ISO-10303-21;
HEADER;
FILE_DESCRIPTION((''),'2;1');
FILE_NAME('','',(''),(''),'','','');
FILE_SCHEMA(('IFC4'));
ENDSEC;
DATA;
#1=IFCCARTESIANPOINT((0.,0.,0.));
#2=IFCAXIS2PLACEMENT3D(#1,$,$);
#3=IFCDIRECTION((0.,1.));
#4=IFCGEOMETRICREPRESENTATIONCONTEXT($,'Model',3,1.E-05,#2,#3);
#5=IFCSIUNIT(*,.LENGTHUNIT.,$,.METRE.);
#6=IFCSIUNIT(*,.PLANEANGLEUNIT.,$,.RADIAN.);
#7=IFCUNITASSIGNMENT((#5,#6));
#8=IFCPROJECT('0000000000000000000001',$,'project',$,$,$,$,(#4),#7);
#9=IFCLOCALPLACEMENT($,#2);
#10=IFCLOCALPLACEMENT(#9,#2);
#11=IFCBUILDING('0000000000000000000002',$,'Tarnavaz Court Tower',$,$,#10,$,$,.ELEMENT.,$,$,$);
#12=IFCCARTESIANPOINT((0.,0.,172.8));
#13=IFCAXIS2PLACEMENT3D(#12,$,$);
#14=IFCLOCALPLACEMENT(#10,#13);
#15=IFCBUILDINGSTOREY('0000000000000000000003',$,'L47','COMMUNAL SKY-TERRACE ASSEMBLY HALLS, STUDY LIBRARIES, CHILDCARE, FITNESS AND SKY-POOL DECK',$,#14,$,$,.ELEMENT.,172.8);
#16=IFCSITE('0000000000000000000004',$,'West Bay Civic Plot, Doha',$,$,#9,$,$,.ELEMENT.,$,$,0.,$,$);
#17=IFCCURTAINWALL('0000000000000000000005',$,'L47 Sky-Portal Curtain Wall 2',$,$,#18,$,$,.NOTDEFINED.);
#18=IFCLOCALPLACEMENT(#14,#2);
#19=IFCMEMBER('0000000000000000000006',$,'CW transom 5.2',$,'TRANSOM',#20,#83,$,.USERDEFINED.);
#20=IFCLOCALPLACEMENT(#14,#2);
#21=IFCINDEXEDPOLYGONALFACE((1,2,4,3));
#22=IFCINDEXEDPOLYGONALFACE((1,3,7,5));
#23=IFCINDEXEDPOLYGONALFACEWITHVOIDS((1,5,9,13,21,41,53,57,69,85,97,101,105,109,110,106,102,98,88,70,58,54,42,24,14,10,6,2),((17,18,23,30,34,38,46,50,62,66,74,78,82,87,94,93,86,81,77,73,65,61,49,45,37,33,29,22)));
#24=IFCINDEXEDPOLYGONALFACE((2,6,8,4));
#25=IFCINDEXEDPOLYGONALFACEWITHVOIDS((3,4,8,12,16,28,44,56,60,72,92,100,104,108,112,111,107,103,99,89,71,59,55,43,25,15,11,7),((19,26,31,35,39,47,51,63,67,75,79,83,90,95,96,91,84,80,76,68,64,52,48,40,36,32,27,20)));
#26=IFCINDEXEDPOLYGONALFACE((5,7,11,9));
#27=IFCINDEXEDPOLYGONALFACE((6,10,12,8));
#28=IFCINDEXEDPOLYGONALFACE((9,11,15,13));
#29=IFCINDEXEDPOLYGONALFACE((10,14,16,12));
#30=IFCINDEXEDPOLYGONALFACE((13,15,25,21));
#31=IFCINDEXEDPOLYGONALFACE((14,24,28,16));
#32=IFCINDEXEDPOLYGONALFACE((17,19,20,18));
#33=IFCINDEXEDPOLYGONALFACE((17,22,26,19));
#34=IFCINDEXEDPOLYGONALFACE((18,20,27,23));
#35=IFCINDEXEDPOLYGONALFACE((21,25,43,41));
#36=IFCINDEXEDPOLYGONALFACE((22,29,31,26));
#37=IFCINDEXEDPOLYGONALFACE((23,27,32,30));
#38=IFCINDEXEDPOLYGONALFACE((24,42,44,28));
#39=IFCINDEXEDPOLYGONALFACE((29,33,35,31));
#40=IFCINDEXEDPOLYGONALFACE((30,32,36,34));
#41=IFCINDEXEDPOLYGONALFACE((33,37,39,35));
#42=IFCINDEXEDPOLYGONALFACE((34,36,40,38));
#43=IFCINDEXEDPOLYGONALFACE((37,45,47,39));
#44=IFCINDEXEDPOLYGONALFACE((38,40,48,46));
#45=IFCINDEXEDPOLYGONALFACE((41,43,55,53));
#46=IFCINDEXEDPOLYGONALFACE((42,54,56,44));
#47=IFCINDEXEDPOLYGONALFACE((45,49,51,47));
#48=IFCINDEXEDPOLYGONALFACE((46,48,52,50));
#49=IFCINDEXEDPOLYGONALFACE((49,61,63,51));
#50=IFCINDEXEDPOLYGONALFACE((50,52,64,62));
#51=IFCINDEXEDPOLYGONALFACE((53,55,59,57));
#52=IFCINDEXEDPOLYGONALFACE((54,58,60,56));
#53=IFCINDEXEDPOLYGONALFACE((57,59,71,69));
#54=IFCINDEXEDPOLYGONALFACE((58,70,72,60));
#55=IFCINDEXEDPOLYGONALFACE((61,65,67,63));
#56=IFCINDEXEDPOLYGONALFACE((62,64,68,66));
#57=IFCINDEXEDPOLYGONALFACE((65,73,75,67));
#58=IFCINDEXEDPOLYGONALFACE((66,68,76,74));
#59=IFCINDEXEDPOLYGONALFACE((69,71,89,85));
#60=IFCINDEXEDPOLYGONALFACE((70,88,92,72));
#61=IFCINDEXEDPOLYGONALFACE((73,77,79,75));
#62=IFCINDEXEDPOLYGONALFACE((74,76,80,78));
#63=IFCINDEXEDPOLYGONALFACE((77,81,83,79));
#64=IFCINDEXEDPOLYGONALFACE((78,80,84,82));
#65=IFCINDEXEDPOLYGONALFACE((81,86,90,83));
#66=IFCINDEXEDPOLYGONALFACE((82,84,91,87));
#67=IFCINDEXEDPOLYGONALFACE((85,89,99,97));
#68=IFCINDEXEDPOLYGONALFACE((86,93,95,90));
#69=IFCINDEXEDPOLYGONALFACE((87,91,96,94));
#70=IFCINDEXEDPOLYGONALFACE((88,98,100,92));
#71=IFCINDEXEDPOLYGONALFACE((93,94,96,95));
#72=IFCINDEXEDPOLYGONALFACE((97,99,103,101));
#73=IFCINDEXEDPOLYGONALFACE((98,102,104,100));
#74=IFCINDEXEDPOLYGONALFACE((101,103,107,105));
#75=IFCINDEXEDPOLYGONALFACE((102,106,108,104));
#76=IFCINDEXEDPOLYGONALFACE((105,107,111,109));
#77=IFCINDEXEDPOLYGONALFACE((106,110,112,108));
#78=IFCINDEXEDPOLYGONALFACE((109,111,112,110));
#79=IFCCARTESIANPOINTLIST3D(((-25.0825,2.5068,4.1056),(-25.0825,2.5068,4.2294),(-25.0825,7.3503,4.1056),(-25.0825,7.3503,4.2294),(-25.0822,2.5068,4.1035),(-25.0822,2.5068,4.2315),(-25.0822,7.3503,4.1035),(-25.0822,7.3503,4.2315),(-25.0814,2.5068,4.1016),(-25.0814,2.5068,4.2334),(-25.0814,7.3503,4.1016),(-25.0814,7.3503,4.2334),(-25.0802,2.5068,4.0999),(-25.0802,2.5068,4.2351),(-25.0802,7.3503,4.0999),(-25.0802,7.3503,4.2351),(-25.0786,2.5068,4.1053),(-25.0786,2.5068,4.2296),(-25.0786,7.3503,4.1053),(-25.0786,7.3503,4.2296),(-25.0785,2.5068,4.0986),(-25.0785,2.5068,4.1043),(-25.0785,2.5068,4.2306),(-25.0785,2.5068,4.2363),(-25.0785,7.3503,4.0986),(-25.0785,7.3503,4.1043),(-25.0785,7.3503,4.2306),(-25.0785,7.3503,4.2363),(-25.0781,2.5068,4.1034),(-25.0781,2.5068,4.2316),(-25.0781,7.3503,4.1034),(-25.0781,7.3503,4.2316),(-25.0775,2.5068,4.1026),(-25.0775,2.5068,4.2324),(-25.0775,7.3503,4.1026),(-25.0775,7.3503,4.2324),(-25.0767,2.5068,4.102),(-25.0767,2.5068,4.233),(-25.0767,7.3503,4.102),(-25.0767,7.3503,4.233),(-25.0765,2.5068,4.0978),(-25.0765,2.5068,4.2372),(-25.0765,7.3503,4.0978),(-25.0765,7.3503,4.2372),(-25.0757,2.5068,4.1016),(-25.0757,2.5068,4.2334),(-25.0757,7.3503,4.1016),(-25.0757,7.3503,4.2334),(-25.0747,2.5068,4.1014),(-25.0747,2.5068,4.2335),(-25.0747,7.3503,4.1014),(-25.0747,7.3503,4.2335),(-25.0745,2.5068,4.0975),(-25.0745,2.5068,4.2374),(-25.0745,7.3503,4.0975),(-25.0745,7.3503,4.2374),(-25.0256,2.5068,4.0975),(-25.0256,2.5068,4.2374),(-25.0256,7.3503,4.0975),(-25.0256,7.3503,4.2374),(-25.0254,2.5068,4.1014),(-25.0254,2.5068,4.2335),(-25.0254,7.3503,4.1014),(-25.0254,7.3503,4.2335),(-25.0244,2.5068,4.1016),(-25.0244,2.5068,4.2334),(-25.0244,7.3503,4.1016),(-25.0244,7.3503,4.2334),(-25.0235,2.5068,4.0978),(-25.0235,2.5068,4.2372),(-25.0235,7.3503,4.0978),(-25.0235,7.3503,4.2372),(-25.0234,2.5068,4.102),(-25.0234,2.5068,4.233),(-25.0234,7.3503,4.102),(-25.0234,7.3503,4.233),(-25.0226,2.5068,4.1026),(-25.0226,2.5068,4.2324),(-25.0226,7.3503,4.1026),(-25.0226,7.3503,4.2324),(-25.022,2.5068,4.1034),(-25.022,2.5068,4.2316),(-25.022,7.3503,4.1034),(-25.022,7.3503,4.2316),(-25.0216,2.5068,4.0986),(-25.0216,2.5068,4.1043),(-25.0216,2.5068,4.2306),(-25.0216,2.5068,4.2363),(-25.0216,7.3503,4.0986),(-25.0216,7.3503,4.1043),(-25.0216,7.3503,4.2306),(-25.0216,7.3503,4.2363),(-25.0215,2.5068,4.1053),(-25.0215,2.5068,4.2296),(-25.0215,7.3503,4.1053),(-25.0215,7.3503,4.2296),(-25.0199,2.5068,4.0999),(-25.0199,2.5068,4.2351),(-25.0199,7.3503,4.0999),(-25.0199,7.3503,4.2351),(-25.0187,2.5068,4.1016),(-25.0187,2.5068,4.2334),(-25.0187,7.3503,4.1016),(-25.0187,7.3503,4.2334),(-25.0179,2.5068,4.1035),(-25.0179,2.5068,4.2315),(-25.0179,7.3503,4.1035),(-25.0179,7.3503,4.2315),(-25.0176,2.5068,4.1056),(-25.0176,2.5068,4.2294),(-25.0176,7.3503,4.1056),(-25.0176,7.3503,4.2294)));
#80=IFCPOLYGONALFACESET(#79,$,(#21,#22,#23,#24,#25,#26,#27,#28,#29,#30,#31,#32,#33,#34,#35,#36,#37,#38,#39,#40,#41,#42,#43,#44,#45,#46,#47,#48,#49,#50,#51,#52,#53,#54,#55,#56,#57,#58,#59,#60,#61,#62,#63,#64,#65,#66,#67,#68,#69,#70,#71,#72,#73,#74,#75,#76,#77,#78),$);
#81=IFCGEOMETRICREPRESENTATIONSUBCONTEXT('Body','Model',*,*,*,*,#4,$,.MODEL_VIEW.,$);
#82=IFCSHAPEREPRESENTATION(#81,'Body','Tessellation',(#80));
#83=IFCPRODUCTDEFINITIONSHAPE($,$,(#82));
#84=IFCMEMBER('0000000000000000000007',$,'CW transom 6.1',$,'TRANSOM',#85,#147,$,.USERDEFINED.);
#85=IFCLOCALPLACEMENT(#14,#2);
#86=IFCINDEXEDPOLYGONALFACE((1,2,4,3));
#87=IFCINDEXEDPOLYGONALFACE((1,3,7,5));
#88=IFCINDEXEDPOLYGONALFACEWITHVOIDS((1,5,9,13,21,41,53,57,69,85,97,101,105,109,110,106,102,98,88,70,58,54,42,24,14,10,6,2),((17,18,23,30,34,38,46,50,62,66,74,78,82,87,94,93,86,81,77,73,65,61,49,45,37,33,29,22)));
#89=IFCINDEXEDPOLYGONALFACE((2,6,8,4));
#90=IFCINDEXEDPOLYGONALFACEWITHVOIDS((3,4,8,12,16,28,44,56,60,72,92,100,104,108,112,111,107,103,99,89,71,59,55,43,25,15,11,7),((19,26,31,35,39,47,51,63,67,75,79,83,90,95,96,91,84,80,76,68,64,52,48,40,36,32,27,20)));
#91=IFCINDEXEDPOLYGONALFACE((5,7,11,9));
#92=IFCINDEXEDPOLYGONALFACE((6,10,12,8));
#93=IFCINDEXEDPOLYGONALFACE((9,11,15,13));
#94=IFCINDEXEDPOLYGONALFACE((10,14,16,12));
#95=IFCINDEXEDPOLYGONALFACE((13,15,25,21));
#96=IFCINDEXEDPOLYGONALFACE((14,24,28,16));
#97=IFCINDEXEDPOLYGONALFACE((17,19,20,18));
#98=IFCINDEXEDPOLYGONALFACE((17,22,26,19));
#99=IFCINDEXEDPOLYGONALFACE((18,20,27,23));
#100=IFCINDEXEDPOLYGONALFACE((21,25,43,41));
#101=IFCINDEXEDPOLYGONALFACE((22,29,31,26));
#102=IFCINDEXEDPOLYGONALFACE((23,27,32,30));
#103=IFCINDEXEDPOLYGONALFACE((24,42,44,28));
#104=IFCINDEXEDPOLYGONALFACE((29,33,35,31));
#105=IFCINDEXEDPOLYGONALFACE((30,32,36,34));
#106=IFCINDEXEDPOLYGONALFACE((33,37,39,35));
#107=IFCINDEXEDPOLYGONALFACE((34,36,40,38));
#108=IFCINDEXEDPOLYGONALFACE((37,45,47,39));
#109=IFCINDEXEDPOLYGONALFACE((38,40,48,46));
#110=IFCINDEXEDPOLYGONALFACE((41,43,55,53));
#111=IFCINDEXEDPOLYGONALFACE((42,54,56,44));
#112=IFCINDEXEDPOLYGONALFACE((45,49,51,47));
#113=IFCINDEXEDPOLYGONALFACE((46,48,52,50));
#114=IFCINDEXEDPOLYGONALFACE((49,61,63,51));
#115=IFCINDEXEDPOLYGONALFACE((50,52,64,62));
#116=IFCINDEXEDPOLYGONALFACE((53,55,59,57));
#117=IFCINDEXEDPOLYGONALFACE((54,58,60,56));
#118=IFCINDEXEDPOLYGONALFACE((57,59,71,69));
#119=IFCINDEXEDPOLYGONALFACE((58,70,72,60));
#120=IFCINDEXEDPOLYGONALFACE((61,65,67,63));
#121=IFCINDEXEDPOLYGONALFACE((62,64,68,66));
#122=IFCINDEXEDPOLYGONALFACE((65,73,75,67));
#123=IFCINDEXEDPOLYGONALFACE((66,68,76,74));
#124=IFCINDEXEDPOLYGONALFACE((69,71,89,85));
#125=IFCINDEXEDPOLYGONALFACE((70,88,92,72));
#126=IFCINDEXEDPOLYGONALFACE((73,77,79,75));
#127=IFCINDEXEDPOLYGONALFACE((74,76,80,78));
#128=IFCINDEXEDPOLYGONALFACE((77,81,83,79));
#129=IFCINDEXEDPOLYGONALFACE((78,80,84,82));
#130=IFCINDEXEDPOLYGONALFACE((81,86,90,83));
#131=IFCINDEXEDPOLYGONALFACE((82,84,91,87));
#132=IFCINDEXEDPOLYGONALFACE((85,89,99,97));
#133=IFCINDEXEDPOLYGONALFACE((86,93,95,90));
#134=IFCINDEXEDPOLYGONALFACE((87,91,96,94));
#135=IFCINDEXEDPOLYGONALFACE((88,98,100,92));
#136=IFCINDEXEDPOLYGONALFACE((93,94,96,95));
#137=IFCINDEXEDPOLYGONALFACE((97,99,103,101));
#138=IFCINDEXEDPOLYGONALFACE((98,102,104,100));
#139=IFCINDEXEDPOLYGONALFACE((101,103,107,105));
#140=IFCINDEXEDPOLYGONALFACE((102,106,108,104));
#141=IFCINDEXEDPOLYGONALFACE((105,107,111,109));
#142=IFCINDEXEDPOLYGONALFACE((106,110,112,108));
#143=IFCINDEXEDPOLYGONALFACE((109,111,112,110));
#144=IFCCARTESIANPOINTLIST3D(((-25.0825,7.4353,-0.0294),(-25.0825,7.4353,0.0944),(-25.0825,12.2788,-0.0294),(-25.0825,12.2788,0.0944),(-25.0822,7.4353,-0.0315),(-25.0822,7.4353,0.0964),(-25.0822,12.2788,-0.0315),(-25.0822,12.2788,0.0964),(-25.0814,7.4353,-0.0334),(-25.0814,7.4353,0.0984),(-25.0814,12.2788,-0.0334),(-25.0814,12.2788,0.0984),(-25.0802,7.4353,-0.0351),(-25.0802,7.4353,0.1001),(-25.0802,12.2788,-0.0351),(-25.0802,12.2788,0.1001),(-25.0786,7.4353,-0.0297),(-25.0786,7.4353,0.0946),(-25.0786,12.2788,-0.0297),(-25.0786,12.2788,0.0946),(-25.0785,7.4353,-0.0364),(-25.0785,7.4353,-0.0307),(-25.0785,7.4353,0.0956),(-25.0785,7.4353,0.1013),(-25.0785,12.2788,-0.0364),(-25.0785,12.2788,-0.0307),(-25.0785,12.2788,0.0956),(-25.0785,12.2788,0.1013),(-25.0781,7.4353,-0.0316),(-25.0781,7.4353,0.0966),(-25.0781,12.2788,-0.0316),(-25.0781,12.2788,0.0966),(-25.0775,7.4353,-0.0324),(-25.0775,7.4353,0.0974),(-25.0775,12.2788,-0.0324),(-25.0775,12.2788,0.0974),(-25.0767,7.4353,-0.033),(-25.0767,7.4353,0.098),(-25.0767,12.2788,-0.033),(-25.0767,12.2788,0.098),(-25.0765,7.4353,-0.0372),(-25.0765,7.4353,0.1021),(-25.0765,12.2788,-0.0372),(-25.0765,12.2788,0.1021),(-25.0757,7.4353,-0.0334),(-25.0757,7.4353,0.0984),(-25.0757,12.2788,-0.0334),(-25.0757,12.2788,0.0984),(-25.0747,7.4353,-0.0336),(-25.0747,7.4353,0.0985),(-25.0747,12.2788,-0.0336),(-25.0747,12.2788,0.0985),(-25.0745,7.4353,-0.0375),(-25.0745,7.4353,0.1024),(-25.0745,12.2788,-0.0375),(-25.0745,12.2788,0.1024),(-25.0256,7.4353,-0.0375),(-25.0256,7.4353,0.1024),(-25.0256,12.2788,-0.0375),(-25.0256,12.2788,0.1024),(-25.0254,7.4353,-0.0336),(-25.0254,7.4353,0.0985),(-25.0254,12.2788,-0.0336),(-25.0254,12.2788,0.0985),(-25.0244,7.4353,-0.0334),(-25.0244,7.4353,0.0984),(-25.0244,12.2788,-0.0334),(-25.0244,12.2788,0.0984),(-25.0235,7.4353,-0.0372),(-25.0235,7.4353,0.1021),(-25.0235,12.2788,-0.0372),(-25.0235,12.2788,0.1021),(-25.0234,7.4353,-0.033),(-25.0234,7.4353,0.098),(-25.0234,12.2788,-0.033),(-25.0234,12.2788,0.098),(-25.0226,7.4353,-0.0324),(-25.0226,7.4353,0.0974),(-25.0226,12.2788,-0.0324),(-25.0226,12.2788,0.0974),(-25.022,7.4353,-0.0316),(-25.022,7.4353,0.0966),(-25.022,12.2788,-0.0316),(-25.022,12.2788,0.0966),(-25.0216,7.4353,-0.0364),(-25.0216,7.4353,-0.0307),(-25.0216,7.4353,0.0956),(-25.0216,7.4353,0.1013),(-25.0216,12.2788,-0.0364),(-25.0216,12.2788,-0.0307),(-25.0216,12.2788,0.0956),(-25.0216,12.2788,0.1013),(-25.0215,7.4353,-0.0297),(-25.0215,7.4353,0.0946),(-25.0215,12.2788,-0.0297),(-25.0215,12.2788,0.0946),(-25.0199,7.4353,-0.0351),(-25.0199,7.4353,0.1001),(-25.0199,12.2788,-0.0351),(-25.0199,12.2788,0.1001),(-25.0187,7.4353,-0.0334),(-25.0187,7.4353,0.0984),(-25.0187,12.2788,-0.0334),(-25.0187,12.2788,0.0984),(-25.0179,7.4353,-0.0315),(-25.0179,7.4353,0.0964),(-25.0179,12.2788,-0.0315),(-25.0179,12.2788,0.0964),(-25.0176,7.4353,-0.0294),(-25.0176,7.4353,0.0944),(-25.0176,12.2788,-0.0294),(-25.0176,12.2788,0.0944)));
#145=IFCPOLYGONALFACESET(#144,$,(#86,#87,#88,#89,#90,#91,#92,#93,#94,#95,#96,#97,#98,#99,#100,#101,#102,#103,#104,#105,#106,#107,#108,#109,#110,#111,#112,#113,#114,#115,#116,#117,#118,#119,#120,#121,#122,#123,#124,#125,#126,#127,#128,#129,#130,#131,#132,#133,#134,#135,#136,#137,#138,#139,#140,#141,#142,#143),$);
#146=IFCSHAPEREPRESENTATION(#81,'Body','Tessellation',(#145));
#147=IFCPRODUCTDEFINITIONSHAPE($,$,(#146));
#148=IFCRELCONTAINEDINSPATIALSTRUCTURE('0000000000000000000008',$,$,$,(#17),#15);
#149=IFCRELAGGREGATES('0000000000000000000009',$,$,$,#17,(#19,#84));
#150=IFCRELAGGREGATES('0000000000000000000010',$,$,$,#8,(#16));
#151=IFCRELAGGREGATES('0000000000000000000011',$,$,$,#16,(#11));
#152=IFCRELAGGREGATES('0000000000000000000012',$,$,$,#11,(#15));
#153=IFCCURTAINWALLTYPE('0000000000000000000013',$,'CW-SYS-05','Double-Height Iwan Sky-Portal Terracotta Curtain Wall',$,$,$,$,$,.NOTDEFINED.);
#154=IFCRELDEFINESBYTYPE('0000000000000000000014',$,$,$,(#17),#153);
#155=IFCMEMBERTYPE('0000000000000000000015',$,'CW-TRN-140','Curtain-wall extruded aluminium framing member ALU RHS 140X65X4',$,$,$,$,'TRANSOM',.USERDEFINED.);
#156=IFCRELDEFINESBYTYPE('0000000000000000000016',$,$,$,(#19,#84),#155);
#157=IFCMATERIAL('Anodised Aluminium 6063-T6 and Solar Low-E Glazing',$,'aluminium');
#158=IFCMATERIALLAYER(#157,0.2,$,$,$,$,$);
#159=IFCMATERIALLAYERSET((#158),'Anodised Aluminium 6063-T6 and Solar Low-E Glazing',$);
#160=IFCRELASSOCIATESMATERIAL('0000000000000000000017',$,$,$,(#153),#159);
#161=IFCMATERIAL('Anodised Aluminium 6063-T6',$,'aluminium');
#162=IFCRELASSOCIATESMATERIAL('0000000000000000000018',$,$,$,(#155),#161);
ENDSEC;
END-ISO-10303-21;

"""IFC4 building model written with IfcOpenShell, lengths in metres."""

from ifc_helpers import new_model, si_unit, direction, frame, origin, origin_2d, place, context, subcontext, project, spatial, hollow_rectangle, extrude, material, layer, layer_set, material_profile, profile_set, type_object, element, aggregate, save


model = new_model("IFC4")

# Units and contexts
model_context = context("Model", 3, precision=1e-05, world=origin(), true_north=direction((0.0, 1.0)))
body_context = subcontext(model_context, "Body", "Model", "MODEL_VIEW")
ifc_project = project(units=[si_unit("LENGTHUNIT", "METRE"), si_unit("PLANEANGLEUNIT", "RADIAN")], contexts=[model_context])

# Site, building, storey
site_placement = place(None, origin())
site = spatial("IfcSite", under=ifc_project, at=site_placement, Name="West Bay Civic Plot, Doha", CompositionType="ELEMENT", RefElevation=0.0)
building_placement = place(site_placement, origin())
building = spatial("IfcBuilding", under=site, at=building_placement, Name="Tarnavaz Court Tower", CompositionType="ELEMENT")
storey_placement = place(building_placement, frame((0.0, 0.0, 172.8)))
storey = spatial("IfcBuildingStorey", under=building, at=storey_placement, Name="L47", Description="COMMUNAL SKY-TERRACE ASSEMBLY HALLS, STUDY LIBRARIES, CHILDCARE, FITNESS AND SKY-POOL DECK", CompositionType="ELEMENT", Elevation=172.8)

# Curtain wall, members
ifc_material_1 = material(Name="Anodised Aluminium 6063-T6 and Solar Low-E Glazing", Category="aluminium")
ifc_layer_1 = layer(ifc_material_1, 0.2)
ifc_layer_set_1 = layer_set([ifc_layer_1], Name="Anodised Aluminium 6063-T6 and Solar Low-E Glazing")
curtain_wall_type = type_object("IfcCurtainWallType", Name="CW-SYS-05", Description="Double-Height Iwan Sky-Portal Terracotta Curtain Wall", PredefinedType="NOTDEFINED", material=ifc_layer_set_1)
curtain_wall_placement = place(storey_placement, origin())
curtain_wall = element("IfcCurtainWall", 1, at=curtain_wall_placement, inside=storey, type_object=curtain_wall_type, Name="L47 Sky-Portal Curtain Wall 2", PredefinedType="NOTDEFINED")
ifc_material_2 = material(Name="Anodised Aluminium 6063-T6", Category="aluminium")
ifc_material_profile_1 = material_profile(ifc_material_2, hollow_rectangle(XDim=0.0649, YDim=0.1399, WallThickness=0.0039, InnerFilletRadius=0.0039, OuterFilletRadius=0.0081, at=origin_2d()), Name="ALU RHS 140X65X4")
ifc_profile_set_1 = profile_set([ifc_material_profile_1], Name="Anodised Aluminium 6063-T6")
member_type_1 = type_object("IfcMemberType", Name="CW-TRN-140", Description="Curtain-wall extruded aluminium framing member ALU RHS 140X65X4", ElementType="TRANSOM", PredefinedType="USERDEFINED", material=ifc_profile_set_1)
member_1_placement = place(storey_placement, frame((-25.05, 2.5068, 4.1675), z_axis=(0.0, 1.0, 0.0), x_axis=(-1.0, 0.0, 0.0)))
member_1 = element("IfcMember", 2, at=member_1_placement, type_object=member_type_1, Name="CW transom 5.2", ObjectType="TRANSOM", PredefinedType="USERDEFINED", context=body_context, shape_type="SweptSolid", body=[
    extrude(hollow_rectangle(XDim=0.0649, YDim=0.1399, WallThickness=0.0039, InnerFilletRadius=0.0039, OuterFilletRadius=0.0081, at=origin_2d()), origin(), (0.0, 0.0, 1.0), 4.8435),
])
member_2_placement = place(storey_placement, frame((-25.05, 7.4353, 0.0325), z_axis=(0.0, 1.0, 0.0), x_axis=(-1.0, 0.0, 0.0)))
member_2 = element("IfcMember", 3, at=member_2_placement, type_object=member_type_1, Name="CW transom 6.1", ObjectType="TRANSOM", PredefinedType="USERDEFINED", context=body_context, shape_type="SweptSolid", body=[
    extrude(hollow_rectangle(XDim=0.0649, YDim=0.1399, WallThickness=0.0039, InnerFilletRadius=0.0039, OuterFilletRadius=0.0081, at=origin_2d()), origin(), (0.0, 0.0, 1.0), 4.8435),
])
aggregate(curtain_wall, [member_1, member_2])

save(model, "model.ifc")
